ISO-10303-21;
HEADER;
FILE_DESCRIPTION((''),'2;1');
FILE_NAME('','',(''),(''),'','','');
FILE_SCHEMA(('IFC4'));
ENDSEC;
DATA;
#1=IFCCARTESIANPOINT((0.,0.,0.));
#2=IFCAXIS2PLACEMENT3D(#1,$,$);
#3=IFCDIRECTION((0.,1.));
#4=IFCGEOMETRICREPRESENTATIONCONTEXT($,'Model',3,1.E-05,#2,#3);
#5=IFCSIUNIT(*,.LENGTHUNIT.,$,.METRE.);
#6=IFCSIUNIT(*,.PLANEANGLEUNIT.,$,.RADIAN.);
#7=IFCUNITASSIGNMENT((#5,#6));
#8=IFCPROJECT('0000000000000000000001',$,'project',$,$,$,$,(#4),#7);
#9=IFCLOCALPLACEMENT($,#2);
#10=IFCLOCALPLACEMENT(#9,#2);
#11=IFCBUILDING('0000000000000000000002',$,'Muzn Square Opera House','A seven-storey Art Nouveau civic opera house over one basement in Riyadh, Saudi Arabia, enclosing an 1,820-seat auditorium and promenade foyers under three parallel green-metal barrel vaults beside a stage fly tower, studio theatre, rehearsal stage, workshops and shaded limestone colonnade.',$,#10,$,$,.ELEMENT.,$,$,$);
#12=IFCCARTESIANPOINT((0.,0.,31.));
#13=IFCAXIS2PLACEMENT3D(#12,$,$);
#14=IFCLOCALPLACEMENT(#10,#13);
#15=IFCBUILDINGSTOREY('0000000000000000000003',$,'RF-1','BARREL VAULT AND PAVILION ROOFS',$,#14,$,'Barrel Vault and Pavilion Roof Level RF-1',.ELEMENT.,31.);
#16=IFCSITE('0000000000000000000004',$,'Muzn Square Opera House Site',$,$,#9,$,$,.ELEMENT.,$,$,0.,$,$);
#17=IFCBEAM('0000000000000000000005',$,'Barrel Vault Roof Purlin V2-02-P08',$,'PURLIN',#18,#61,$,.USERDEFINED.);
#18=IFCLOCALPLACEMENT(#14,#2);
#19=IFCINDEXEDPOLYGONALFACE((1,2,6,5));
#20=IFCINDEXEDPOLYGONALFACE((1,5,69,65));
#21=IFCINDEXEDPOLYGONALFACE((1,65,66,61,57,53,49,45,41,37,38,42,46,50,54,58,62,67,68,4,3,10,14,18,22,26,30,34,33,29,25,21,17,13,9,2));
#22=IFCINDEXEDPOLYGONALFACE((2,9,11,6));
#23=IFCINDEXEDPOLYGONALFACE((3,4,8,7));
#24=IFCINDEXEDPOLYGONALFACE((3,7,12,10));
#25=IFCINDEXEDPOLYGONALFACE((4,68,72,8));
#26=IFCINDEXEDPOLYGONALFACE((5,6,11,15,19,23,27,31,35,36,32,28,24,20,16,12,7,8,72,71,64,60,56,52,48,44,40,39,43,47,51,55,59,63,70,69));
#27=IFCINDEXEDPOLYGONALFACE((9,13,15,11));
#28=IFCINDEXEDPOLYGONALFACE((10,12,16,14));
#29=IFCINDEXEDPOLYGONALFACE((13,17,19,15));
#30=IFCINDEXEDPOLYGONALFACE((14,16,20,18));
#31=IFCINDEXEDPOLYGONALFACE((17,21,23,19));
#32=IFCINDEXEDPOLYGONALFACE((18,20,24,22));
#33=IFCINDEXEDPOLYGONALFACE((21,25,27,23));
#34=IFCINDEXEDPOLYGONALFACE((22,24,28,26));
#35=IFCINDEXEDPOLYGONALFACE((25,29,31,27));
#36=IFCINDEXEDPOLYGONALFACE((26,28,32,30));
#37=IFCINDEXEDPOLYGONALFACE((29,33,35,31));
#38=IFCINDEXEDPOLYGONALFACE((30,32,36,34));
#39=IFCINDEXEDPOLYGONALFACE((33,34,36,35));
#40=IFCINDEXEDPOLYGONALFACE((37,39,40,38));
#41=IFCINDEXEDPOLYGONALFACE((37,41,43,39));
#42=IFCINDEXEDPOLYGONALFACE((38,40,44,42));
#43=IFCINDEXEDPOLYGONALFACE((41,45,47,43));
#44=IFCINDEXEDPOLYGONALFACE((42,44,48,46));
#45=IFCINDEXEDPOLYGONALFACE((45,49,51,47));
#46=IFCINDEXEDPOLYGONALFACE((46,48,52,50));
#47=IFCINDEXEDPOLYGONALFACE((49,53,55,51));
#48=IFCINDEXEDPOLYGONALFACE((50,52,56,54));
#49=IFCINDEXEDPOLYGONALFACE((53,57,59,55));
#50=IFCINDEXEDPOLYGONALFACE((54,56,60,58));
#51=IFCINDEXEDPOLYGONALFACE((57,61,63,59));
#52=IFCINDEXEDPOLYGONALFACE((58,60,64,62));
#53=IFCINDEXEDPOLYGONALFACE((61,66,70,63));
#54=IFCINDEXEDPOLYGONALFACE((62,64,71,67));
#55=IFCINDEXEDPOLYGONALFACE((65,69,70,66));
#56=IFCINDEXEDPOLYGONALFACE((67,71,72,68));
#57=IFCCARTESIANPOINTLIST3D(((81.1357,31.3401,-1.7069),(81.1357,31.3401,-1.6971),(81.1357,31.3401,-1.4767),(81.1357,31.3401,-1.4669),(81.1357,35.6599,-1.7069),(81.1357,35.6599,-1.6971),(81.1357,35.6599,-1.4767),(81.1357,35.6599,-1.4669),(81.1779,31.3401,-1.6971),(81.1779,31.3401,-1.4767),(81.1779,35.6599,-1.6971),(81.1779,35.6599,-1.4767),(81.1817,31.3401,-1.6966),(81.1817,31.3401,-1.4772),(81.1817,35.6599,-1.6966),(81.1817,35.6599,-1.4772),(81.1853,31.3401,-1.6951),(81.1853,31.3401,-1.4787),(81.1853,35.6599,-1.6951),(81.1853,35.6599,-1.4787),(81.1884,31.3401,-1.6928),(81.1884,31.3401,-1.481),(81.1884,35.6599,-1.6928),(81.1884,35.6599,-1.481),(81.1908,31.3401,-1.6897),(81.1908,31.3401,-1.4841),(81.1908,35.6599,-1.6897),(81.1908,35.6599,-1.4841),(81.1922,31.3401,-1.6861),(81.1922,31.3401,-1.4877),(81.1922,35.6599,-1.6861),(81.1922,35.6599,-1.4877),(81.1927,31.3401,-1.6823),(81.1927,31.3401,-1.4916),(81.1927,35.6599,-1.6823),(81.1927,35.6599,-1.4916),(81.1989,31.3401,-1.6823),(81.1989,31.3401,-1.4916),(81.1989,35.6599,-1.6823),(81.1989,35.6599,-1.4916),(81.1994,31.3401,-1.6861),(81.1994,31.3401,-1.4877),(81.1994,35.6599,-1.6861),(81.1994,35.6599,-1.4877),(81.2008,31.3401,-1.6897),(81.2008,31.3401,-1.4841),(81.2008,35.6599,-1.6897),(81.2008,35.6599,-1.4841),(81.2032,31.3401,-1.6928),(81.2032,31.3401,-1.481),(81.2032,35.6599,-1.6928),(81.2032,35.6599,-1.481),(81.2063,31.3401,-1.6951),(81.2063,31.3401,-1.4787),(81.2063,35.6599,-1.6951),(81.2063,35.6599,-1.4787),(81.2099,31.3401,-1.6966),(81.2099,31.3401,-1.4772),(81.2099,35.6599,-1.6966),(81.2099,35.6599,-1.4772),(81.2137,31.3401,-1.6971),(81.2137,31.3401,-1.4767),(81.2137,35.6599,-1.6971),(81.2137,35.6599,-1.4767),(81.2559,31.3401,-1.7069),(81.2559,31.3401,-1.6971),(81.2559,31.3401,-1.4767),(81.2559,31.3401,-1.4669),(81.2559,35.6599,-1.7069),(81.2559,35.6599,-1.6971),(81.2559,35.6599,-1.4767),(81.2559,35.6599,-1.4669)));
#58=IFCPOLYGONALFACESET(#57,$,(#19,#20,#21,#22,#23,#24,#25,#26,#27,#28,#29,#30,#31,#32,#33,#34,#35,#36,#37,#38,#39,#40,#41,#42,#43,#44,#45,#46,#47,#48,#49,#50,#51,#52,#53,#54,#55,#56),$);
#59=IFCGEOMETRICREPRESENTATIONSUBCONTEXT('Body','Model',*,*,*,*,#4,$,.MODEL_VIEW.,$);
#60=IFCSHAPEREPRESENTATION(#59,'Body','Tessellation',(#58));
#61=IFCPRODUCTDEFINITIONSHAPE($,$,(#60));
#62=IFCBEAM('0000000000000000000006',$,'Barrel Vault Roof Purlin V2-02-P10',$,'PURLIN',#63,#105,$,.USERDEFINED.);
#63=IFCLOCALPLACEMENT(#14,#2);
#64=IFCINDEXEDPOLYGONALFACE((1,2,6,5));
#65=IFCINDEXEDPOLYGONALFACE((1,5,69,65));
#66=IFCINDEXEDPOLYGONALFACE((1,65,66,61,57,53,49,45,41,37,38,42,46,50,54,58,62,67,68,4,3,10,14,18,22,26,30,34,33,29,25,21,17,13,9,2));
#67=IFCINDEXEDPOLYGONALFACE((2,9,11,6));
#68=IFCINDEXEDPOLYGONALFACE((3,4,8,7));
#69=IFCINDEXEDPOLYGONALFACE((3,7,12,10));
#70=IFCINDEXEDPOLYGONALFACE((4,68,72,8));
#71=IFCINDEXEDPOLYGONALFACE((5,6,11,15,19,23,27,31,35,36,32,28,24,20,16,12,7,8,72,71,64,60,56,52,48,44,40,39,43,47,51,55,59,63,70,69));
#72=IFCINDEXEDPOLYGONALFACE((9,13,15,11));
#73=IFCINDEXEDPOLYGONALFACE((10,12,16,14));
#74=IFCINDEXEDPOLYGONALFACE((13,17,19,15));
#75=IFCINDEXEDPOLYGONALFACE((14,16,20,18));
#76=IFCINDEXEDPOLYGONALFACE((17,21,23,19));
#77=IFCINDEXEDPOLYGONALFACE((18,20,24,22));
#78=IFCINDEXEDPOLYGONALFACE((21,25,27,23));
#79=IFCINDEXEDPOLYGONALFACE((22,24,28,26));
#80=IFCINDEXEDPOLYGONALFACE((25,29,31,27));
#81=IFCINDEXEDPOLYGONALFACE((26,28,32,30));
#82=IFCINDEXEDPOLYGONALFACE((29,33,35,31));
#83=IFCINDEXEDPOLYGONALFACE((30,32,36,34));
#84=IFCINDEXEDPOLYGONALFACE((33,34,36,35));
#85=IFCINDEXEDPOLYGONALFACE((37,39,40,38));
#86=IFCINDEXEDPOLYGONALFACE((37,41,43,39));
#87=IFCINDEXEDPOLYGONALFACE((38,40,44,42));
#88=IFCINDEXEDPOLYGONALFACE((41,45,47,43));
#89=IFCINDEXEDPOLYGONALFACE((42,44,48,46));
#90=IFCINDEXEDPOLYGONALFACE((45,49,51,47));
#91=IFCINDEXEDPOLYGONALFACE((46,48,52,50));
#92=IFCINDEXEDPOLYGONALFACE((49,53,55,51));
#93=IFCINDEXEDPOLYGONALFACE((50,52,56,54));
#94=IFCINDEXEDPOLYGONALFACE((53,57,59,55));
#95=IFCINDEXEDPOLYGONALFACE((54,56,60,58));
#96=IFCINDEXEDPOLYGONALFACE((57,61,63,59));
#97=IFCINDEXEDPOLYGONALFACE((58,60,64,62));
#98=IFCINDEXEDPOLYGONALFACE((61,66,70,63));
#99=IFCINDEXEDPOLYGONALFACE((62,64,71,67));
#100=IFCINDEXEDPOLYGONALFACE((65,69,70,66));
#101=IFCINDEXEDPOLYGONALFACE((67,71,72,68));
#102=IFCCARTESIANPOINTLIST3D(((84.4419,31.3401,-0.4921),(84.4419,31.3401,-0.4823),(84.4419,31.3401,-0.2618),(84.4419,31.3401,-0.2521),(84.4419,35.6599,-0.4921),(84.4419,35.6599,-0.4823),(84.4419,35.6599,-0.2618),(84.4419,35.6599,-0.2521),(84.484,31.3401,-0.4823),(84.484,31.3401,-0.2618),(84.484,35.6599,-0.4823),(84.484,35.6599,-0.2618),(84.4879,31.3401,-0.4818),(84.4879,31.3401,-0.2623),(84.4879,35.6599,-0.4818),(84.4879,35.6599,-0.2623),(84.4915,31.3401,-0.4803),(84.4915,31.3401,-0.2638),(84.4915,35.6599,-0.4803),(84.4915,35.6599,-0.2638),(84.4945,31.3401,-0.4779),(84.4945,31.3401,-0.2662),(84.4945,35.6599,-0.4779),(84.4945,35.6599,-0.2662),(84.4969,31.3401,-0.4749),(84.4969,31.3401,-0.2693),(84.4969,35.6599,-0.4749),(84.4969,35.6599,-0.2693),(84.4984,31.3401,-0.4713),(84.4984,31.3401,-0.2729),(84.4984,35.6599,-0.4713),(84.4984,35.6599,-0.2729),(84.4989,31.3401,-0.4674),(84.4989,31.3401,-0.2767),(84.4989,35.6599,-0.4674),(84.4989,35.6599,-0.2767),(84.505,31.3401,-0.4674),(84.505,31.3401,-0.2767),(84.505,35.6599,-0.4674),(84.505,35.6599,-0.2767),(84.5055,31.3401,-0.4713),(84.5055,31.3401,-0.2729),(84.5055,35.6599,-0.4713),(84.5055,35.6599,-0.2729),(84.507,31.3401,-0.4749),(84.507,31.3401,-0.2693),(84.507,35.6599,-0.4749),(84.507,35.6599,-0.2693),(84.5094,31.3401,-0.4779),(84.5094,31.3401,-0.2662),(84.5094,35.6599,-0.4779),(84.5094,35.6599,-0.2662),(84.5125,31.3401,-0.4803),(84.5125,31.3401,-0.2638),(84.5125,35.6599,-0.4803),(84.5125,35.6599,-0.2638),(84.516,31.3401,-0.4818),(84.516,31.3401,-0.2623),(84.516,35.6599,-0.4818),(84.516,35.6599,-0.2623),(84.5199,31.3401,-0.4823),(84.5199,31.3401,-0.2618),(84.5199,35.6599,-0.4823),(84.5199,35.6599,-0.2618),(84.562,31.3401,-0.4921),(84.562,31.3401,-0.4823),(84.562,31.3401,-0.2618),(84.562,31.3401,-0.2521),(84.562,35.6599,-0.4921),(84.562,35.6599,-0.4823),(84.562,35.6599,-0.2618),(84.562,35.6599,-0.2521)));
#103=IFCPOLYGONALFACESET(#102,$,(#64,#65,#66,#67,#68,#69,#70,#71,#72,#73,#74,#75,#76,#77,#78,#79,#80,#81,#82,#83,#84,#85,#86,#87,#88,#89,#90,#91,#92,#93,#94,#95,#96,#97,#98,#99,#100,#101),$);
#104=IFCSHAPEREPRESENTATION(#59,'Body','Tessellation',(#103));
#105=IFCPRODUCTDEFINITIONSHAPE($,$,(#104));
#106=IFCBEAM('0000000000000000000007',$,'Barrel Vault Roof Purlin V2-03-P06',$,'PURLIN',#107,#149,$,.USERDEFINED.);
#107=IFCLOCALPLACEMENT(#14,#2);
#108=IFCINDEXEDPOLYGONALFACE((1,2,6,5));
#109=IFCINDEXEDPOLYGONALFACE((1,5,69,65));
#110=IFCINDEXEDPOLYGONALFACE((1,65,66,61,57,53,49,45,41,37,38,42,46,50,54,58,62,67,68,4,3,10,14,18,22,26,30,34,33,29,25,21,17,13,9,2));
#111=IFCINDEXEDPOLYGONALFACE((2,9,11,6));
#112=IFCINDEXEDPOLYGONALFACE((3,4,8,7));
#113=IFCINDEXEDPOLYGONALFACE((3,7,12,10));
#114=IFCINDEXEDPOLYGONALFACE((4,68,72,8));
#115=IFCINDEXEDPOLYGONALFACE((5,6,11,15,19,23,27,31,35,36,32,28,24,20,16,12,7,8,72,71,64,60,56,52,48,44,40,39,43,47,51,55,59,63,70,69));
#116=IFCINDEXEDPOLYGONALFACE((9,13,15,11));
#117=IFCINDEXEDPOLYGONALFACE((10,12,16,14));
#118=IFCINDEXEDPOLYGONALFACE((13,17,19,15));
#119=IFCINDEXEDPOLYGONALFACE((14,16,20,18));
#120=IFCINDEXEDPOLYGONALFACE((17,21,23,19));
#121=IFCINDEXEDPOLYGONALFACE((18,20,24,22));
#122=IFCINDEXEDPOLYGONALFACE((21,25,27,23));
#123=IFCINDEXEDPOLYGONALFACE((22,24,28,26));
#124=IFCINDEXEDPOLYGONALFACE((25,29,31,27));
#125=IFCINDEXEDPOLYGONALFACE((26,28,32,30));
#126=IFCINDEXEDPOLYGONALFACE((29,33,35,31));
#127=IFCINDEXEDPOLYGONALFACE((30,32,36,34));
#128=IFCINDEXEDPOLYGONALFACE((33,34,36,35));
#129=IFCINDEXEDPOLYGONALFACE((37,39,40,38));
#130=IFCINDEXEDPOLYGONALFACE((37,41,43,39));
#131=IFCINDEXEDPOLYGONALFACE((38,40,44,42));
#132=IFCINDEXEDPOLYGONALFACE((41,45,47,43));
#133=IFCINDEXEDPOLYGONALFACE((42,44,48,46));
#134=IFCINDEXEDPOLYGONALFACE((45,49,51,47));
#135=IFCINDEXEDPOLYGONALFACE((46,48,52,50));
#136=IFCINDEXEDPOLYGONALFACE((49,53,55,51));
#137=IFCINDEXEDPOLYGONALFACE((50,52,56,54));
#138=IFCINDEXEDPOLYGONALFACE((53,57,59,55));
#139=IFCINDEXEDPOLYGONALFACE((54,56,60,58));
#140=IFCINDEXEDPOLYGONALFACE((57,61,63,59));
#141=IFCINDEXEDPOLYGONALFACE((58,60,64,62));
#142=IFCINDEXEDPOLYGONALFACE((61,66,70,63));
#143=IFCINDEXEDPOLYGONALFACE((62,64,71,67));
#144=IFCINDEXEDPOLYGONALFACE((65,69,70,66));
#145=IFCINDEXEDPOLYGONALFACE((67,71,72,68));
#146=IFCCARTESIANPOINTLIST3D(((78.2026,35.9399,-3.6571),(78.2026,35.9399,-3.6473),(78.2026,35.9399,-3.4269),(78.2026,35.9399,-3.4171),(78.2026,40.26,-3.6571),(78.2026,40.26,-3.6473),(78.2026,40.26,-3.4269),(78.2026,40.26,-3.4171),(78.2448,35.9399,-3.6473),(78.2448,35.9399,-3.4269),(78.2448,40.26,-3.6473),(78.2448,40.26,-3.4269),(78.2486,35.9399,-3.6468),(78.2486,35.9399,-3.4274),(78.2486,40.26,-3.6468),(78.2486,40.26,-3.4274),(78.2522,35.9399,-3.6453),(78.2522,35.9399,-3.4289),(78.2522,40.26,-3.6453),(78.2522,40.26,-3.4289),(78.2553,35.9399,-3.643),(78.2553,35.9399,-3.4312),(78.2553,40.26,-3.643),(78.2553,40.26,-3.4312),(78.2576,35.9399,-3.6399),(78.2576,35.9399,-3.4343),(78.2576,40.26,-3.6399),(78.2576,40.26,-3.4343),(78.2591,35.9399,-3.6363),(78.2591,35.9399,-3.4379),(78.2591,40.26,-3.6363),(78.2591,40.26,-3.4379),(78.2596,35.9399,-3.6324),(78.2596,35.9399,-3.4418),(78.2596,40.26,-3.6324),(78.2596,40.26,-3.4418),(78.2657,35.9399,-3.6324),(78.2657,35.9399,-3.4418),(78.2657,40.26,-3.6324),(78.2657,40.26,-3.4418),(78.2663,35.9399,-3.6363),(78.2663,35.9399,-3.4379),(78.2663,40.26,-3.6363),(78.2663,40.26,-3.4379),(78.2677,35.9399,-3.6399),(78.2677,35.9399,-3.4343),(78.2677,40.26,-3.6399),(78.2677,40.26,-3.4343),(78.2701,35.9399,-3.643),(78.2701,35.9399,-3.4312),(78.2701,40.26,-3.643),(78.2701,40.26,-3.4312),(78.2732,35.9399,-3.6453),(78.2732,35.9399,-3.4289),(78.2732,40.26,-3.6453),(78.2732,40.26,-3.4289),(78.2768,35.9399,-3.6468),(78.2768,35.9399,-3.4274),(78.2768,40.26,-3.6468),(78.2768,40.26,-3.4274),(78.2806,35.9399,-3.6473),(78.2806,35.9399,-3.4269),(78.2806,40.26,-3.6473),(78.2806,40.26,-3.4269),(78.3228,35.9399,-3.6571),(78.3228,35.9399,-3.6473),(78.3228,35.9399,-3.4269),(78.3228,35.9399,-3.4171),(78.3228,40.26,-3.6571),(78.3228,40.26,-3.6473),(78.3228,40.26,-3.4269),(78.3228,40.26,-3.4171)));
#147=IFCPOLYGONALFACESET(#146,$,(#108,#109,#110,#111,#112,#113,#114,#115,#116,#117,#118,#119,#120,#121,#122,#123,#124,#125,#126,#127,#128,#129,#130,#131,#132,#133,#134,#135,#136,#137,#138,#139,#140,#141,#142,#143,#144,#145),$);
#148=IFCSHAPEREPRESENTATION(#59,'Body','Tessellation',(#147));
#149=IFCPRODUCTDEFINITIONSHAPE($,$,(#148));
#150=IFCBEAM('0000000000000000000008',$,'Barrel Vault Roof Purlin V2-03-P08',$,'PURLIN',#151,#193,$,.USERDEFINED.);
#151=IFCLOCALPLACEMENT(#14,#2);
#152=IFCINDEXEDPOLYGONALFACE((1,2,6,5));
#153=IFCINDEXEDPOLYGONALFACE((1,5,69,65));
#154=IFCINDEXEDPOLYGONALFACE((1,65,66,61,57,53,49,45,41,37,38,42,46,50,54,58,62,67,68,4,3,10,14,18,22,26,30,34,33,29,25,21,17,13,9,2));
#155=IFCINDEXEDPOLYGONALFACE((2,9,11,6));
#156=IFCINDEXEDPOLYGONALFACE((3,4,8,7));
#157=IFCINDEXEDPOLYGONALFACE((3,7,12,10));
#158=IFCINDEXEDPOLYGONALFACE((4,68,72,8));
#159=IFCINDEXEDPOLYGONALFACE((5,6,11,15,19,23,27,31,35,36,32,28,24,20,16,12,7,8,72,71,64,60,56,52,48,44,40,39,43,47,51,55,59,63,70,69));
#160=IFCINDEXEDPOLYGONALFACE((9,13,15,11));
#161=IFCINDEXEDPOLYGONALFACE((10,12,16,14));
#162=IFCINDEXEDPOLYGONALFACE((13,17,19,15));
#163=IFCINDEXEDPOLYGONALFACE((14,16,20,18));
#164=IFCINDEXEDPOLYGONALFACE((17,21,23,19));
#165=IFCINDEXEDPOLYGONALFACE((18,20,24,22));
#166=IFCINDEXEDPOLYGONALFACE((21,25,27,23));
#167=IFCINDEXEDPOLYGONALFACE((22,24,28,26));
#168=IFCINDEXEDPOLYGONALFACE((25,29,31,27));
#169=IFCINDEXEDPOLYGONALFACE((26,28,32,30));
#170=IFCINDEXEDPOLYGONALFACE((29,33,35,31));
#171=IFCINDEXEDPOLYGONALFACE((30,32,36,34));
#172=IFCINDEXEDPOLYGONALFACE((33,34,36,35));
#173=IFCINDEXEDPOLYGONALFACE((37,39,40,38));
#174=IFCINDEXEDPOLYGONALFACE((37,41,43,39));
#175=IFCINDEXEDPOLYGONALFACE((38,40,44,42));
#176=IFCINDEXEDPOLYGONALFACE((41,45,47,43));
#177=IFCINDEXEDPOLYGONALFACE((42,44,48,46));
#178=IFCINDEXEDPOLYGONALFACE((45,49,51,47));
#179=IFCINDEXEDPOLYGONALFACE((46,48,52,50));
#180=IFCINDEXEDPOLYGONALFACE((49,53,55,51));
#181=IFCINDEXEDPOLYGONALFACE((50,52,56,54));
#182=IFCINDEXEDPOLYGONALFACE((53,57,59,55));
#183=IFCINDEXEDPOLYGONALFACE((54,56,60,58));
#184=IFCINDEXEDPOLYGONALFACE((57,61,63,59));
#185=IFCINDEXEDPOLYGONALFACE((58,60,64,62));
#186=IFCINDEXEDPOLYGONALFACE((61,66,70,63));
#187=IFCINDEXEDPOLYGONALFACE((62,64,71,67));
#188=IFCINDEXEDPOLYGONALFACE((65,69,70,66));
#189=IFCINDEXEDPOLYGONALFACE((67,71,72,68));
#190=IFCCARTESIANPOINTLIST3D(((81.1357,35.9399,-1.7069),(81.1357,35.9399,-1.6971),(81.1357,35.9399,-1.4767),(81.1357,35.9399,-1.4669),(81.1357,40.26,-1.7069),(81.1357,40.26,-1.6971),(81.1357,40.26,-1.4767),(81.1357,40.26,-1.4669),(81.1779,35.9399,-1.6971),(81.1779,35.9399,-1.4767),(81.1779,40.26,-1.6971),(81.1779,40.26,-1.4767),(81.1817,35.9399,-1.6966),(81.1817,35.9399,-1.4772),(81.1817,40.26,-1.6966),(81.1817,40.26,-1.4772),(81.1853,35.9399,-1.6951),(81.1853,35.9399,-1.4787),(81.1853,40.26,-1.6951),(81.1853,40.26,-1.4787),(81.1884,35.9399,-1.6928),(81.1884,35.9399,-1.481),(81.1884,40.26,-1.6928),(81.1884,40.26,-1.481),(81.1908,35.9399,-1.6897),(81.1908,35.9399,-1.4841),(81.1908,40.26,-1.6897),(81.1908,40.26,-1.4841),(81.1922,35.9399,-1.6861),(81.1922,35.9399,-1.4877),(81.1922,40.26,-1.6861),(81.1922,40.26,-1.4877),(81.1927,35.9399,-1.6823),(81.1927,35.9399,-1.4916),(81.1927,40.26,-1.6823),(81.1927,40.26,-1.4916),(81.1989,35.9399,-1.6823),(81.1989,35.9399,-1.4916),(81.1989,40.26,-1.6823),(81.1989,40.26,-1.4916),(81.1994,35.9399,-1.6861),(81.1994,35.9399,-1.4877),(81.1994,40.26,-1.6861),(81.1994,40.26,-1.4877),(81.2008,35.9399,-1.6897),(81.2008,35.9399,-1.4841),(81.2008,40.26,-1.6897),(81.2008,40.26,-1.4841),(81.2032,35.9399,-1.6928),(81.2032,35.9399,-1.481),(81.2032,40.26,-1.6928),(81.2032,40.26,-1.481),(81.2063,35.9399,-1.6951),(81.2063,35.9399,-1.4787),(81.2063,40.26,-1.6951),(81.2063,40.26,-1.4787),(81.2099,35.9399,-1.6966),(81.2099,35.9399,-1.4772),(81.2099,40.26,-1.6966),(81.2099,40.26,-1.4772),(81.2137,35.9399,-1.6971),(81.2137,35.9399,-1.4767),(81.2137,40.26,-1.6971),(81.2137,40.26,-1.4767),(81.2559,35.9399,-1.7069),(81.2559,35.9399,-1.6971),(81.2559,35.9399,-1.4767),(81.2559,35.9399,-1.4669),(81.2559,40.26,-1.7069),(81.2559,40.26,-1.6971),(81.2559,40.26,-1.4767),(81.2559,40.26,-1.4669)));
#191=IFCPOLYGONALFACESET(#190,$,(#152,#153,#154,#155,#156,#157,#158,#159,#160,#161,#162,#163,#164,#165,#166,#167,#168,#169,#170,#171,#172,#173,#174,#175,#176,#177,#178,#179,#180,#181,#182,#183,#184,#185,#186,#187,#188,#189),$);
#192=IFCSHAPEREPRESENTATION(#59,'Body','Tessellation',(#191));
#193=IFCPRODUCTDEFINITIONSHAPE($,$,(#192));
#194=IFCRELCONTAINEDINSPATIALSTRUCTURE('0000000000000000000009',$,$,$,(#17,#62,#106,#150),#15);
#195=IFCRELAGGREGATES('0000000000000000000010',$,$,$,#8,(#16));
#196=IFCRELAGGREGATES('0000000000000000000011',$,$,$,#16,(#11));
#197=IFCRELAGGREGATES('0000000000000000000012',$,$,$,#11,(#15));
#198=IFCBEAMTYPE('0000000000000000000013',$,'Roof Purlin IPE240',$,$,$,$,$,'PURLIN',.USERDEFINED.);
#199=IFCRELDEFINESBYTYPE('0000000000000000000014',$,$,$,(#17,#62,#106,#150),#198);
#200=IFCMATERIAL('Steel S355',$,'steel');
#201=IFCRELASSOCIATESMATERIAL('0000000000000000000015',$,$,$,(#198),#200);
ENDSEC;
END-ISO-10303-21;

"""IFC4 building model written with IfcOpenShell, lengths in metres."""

from ifc_helpers import new_model, si_unit, direction, frame, origin, origin_2d, place, context, subcontext, project, spatial, i_section, extrude, material, material_profile, profile_set, type_object, element, save


model = new_model("IFC4")

# Units and contexts
model_context = context("Model", 3, precision=1e-05, world=origin(), true_north=direction((0.0, 1.0)))
body_context = subcontext(model_context, "Body", "Model", "MODEL_VIEW")
ifc_project = project(units=[si_unit("LENGTHUNIT", "METRE"), si_unit("PLANEANGLEUNIT", "RADIAN")], contexts=[model_context])

# Site, building, storey
site_placement = place(None, origin())
site = spatial("IfcSite", under=ifc_project, at=site_placement, Name="Muzn Square Opera House Site", CompositionType="ELEMENT", RefElevation=0.0)
building_placement = place(site_placement, origin())
building = spatial("IfcBuilding", under=site, at=building_placement, Name="Muzn Square Opera House", Description="A seven-storey Art Nouveau civic opera house over one basement in Riyadh, Saudi Arabia, enclosing an 1,820-seat auditorium and promenade foyers under three parallel green-metal barrel vaults beside a stage fly tower, studio theatre, rehearsal stage, workshops and shaded limestone colonnade.", CompositionType="ELEMENT")
storey_placement = place(building_placement, frame((0.0, 0.0, 31.0)))
storey = spatial("IfcBuildingStorey", under=building, at=storey_placement, Name="RF-1", Description="BARREL VAULT AND PAVILION ROOFS", LongName="Barrel Vault and Pavilion Roof Level RF-1", CompositionType="ELEMENT", Elevation=31.0)

# Beams
ifc_material_1 = material(Name="Steel S355", Category="steel")
ifc_material_profile_1 = material_profile(ifc_material_1, i_section(OverallWidth=0.1201, OverallDepth=0.24, WebThickness=0.0061, FlangeThickness=0.0098, FilletRadius=0.0149, at=origin_2d()), Name="IPE 240", Category="steel")
ifc_profile_set_1 = profile_set([ifc_material_profile_1], Name="Steel S355")
beam_type_1 = type_object("IfcBeamType", Name="Roof Purlin IPE240", ElementType="PURLIN", PredefinedType="USERDEFINED", material=ifc_profile_set_1)
for number, where, z_axis, x_axis, name in (
    (1, (81.1958, 31.3401, -1.5869), (0.0, 1.0, 0.0), (-1.0, 0.0, 0.0), "Barrel Vault Roof Purlin V2-02-P08"),
    (2, (84.502, 31.3401, -0.3721), (0.0, 1.0, 0.0), (-1.0, 0.0, 0.0), "Barrel Vault Roof Purlin V2-02-P10"),
):
    element("IfcBeam", number, at=place(storey_placement, frame(where, z_axis=z_axis, x_axis=x_axis)), inside=storey, type_object=beam_type_1, Name=name, ObjectType="PURLIN", PredefinedType="USERDEFINED", context=body_context, shape_type="SweptSolid", body=[
        extrude(i_section(OverallWidth=0.1201, OverallDepth=0.24, WebThickness=0.0061, FlangeThickness=0.0098, FilletRadius=0.0149, at=origin_2d()), origin(), (0.0, 0.0, 1.0), 4.3198),
    ])
for number, where, z_axis, x_axis, name in (
    (3, (78.2627, 35.9399, -3.5371), (0.0, 1.0, 0.0), (-1.0, 0.0, 0.0), "Barrel Vault Roof Purlin V2-03-P06"),
    (4, (81.1958, 35.9399, -1.5869), (0.0, 1.0, 0.0), (-1.0, 0.0, 0.0), "Barrel Vault Roof Purlin V2-03-P08"),
):
    element("IfcBeam", number, at=place(storey_placement, frame(where, z_axis=z_axis, x_axis=x_axis)), inside=storey, type_object=beam_type_1, Name=name, ObjectType="PURLIN", PredefinedType="USERDEFINED", context=body_context, shape_type="SweptSolid", body=[
        extrude(i_section(OverallWidth=0.1201, OverallDepth=0.24, WebThickness=0.0061, FlangeThickness=0.0098, FilletRadius=0.0149, at=origin_2d()), origin(), (0.0, 0.0, 1.0), 4.3201),
    ])

save(model, "model.ifc")
